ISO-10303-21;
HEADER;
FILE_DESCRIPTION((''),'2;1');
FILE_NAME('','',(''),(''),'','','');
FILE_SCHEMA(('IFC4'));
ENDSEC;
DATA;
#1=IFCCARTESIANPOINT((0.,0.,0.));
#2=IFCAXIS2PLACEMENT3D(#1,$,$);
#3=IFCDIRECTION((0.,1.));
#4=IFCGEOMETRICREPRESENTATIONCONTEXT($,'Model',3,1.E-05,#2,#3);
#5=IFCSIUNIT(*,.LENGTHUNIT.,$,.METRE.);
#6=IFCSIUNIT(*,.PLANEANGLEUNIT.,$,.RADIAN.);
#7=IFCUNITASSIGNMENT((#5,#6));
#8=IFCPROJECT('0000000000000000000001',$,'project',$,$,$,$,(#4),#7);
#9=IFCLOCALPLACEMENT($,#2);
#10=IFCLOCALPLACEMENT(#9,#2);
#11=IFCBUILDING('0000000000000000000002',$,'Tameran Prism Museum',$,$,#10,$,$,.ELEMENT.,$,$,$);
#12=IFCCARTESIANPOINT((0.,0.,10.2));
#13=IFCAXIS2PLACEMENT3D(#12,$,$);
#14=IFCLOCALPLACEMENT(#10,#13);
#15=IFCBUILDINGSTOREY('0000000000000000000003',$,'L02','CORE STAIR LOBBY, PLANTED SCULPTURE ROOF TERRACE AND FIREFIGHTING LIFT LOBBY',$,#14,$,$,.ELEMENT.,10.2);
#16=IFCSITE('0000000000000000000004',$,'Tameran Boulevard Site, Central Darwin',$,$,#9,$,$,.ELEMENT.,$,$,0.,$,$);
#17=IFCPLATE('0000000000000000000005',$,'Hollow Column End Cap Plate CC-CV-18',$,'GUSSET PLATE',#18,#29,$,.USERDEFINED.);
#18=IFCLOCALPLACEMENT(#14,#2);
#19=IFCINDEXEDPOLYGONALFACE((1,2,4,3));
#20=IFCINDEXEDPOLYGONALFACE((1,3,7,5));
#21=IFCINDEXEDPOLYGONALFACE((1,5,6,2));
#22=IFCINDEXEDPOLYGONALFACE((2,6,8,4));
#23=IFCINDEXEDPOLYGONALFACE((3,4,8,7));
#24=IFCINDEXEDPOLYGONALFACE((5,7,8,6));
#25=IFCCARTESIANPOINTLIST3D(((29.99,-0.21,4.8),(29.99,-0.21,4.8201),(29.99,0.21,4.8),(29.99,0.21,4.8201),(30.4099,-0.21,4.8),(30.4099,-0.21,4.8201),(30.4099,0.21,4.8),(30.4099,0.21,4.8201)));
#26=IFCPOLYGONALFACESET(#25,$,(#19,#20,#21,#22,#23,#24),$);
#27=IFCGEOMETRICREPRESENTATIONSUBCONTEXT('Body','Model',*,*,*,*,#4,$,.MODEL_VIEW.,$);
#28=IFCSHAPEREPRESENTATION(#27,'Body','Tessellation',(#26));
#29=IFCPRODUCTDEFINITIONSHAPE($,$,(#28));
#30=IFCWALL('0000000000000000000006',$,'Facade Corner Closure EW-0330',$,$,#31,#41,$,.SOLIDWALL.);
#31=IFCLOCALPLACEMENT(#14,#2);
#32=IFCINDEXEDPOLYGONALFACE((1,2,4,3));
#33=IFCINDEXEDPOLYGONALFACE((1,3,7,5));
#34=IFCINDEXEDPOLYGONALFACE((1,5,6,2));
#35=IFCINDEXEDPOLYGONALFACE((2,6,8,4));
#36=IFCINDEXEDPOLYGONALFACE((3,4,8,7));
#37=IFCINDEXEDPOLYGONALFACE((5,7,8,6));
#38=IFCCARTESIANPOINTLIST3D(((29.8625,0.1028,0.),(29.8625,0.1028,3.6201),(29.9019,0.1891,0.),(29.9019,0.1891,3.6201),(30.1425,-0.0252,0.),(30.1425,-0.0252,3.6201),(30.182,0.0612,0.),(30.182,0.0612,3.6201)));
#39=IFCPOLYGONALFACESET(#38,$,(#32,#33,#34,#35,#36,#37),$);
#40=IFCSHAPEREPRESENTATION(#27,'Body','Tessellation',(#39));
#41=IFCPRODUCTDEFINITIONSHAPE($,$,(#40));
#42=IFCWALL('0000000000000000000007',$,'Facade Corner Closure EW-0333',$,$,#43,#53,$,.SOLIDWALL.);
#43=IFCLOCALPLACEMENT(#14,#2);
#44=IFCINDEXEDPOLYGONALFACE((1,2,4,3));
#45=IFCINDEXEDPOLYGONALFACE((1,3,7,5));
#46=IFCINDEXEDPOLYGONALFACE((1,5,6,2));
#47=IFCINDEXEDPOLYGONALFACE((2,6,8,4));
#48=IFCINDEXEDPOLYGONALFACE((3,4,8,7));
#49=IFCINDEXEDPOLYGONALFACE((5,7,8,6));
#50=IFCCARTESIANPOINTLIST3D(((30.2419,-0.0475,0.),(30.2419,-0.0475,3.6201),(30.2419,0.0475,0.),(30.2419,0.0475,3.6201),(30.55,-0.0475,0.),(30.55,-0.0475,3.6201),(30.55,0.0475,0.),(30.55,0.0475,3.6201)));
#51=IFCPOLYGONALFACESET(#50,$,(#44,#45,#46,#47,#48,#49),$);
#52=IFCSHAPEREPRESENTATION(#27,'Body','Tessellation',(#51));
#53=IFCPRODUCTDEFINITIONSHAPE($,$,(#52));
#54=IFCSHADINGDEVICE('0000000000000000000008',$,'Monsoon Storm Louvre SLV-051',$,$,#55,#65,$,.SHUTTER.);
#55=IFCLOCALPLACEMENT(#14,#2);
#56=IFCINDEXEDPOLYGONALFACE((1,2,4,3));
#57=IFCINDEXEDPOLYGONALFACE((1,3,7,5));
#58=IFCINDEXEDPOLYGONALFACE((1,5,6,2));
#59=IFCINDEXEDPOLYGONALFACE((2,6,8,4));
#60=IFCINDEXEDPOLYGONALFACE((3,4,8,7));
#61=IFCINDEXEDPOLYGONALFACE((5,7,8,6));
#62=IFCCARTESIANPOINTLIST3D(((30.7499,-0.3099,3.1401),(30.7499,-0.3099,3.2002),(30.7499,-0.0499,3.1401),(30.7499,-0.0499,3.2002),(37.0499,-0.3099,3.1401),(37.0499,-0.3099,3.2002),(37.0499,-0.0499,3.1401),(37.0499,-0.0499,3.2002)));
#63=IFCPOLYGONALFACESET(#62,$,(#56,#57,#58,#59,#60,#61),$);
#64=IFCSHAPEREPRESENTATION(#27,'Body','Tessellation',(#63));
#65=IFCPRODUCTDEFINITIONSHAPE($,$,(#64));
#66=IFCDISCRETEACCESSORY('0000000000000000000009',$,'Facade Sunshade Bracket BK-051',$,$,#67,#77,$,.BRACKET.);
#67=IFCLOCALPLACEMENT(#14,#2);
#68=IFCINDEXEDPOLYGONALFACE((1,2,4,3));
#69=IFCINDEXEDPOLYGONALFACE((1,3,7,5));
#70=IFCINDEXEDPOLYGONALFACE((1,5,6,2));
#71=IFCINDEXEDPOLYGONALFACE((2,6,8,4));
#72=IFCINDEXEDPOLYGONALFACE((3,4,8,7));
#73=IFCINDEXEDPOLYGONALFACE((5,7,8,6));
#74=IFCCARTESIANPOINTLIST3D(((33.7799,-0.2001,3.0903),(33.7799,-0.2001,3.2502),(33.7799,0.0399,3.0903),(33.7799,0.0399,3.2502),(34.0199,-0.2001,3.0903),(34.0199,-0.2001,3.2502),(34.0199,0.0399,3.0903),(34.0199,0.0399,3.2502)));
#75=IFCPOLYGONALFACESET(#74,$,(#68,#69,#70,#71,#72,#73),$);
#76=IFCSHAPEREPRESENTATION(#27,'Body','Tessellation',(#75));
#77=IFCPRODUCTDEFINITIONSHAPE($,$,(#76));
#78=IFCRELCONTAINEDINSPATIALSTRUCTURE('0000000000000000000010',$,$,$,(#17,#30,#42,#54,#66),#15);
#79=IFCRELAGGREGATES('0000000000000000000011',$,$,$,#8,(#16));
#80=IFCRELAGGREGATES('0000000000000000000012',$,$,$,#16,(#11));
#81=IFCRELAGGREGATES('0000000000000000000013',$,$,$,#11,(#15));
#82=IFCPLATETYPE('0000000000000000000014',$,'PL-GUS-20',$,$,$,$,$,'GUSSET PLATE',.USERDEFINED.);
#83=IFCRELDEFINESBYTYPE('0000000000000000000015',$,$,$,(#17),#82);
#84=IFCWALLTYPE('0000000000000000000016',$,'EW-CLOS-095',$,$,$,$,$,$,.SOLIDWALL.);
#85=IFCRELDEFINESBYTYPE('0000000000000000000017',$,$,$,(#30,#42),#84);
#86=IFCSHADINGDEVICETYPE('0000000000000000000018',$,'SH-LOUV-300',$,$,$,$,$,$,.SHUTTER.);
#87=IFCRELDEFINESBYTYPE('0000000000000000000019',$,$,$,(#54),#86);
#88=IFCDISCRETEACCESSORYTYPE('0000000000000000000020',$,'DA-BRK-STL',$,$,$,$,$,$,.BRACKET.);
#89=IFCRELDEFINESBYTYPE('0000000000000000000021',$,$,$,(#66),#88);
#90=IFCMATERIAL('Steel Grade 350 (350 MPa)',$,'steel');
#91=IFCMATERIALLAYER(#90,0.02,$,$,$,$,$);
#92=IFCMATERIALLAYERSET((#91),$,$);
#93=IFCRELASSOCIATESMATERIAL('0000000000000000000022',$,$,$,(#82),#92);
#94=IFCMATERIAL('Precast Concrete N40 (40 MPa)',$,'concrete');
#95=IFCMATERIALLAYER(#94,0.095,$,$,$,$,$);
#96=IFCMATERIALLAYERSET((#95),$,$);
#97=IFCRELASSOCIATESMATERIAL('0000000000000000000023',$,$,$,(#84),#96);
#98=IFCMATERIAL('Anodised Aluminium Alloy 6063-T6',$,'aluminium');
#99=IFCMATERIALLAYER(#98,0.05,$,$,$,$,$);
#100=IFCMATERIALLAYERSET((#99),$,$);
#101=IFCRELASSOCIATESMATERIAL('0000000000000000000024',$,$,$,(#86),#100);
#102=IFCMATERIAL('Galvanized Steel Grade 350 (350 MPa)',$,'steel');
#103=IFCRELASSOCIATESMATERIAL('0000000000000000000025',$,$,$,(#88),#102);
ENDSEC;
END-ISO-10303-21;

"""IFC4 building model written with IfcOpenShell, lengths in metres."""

from ifc_helpers import new_model, si_unit, direction, frame, frame_2d, origin, origin_2d, place, context, subcontext, project, spatial, rectangle, extrude, material, layer, layer_set, type_object, element, save


model = new_model("IFC4")

# Units and contexts
model_context = context("Model", 3, precision=1e-05, world=origin(), true_north=direction((0.0, 1.0)))
body_context = subcontext(model_context, "Body", "Model", "MODEL_VIEW")
ifc_project = project(units=[si_unit("LENGTHUNIT", "METRE"), si_unit("PLANEANGLEUNIT", "RADIAN")], contexts=[model_context])

# Site, building, storey
site_placement = place(None, origin())
site = spatial("IfcSite", under=ifc_project, at=site_placement, Name="Tameran Boulevard Site, Central Darwin", CompositionType="ELEMENT", RefElevation=0.0)
building_placement = place(site_placement, origin())
building = spatial("IfcBuilding", under=site, at=building_placement, Name="Tameran Prism Museum", CompositionType="ELEMENT")
storey_placement = place(building_placement, frame((0.0, 0.0, 10.2)))
storey = spatial("IfcBuildingStorey", under=building, at=storey_placement, Name="L02", Description="CORE STAIR LOBBY, PLANTED SCULPTURE ROOF TERRACE AND FIREFIGHTING LIFT LOBBY", CompositionType="ELEMENT", Elevation=10.2)

# Plate
ifc_material_1 = material(Name="Steel Grade 350 (350 MPa)", Category="steel")
ifc_layer_1 = layer(ifc_material_1, 0.02)
ifc_layer_set_1 = layer_set([ifc_layer_1])
plate_type_1 = type_object("IfcPlateType", Name="PL-GUS-20", ElementType="GUSSET PLATE", PredefinedType="USERDEFINED", material=ifc_layer_set_1)
plate_1_placement = place(storey_placement, frame((30.2, 0.0, 4.8), z_axis=(0.0, 0.0, 1.0), x_axis=(1.0, 0.0, 0.0)))
element("IfcPlate", 1, at=plate_1_placement, inside=storey, type_object=plate_type_1, Name="Hollow Column End Cap Plate CC-CV-18", ObjectType="GUSSET PLATE", PredefinedType="USERDEFINED", context=body_context, shape_type="SweptSolid", body=[
    extrude(rectangle(XDim=0.4199, YDim=0.4199, at=origin_2d()), origin(), (0.0, 0.0, 1.0), 0.02),
])

# Walls
ifc_material_2 = material(Name="Precast Concrete N40 (40 MPa)", Category="concrete")
ifc_layer_2 = layer(ifc_material_2, 0.095)
ifc_layer_set_2 = layer_set([ifc_layer_2])
wall_type = type_object("IfcWallType", Name="EW-CLOS-095", PredefinedType="SOLIDWALL", material=ifc_layer_set_2)
wall_1_placement = place(storey_placement, frame((30.1621, 0.0181, 0.0), z_axis=(0.0, 0.0, 1.0), x_axis=(-0.909577, 0.415535, 0.0)))
element("IfcWall", 2, at=wall_1_placement, inside=storey, type_object=wall_type, Name="Facade Corner Closure EW-0330", PredefinedType="SOLIDWALL", context=body_context, shape_type="SweptSolid", body=[
    extrude(rectangle(XDim=0.3079, YDim=0.095, at=frame_2d((0.1538, 0.0))), origin(), (0.0, 0.0, 1.0), 3.6201),
])
wall_2_placement = place(storey_placement, frame((30.55, 0.0, 0.0), z_axis=(0.0, 0.0, 1.0), x_axis=(-1.0, 0.0, 0.0)))
element("IfcWall", 3, at=wall_2_placement, inside=storey, type_object=wall_type, Name="Facade Corner Closure EW-0333", PredefinedType="SOLIDWALL", context=body_context, shape_type="SweptSolid", body=[
    extrude(rectangle(XDim=0.3081, YDim=0.095, at=frame_2d((0.1541, 0.0))), origin(), (0.0, 0.0, 1.0), 3.6201),
])

# Shading device
ifc_material_3 = material(Name="Anodised Aluminium Alloy 6063-T6", Category="aluminium")
ifc_layer_3 = layer(ifc_material_3, 0.05)
ifc_layer_set_3 = layer_set([ifc_layer_3])
shading_device_type = type_object("IfcShadingDeviceType", Name="SH-LOUV-300", PredefinedType="SHUTTER", material=ifc_layer_set_3)
shading_device_placement = place(storey_placement, frame((33.8999, -0.1799, 3.1401), z_axis=(0.0, 0.0, 1.0), x_axis=(-1.0, 0.0, 0.0)))
element("IfcShadingDevice", 4, at=shading_device_placement, inside=storey, type_object=shading_device_type, Name="Monsoon Storm Louvre SLV-051", PredefinedType="SHUTTER", context=body_context, shape_type="SweptSolid", body=[
    extrude(rectangle(XDim=6.3, YDim=0.26, at=origin_2d()), origin(), (0.0, 0.0, 1.0), 0.0601),
])

# Discrete accessory
ifc_material_4 = material(Name="Galvanized Steel Grade 350 (350 MPa)", Category="steel")
discrete_accessory_type = type_object("IfcDiscreteAccessoryType", Name="DA-BRK-STL", PredefinedType="BRACKET", material=ifc_material_4)
discrete_accessory_placement = place(storey_placement, frame((33.8999, -0.0801, 3.0903), z_axis=(0.0, 0.0, 1.0), x_axis=(-1.0, 0.0, 0.0)))
element("IfcDiscreteAccessory", 5, at=discrete_accessory_placement, inside=storey, type_object=discrete_accessory_type, Name="Facade Sunshade Bracket BK-051", PredefinedType="BRACKET", context=body_context, shape_type="SweptSolid", body=[
    extrude(rectangle(XDim=0.24, YDim=0.24, at=origin_2d()), origin(), (0.0, 0.0, 1.0), 0.1599),
])

save(model, "model.ifc")
